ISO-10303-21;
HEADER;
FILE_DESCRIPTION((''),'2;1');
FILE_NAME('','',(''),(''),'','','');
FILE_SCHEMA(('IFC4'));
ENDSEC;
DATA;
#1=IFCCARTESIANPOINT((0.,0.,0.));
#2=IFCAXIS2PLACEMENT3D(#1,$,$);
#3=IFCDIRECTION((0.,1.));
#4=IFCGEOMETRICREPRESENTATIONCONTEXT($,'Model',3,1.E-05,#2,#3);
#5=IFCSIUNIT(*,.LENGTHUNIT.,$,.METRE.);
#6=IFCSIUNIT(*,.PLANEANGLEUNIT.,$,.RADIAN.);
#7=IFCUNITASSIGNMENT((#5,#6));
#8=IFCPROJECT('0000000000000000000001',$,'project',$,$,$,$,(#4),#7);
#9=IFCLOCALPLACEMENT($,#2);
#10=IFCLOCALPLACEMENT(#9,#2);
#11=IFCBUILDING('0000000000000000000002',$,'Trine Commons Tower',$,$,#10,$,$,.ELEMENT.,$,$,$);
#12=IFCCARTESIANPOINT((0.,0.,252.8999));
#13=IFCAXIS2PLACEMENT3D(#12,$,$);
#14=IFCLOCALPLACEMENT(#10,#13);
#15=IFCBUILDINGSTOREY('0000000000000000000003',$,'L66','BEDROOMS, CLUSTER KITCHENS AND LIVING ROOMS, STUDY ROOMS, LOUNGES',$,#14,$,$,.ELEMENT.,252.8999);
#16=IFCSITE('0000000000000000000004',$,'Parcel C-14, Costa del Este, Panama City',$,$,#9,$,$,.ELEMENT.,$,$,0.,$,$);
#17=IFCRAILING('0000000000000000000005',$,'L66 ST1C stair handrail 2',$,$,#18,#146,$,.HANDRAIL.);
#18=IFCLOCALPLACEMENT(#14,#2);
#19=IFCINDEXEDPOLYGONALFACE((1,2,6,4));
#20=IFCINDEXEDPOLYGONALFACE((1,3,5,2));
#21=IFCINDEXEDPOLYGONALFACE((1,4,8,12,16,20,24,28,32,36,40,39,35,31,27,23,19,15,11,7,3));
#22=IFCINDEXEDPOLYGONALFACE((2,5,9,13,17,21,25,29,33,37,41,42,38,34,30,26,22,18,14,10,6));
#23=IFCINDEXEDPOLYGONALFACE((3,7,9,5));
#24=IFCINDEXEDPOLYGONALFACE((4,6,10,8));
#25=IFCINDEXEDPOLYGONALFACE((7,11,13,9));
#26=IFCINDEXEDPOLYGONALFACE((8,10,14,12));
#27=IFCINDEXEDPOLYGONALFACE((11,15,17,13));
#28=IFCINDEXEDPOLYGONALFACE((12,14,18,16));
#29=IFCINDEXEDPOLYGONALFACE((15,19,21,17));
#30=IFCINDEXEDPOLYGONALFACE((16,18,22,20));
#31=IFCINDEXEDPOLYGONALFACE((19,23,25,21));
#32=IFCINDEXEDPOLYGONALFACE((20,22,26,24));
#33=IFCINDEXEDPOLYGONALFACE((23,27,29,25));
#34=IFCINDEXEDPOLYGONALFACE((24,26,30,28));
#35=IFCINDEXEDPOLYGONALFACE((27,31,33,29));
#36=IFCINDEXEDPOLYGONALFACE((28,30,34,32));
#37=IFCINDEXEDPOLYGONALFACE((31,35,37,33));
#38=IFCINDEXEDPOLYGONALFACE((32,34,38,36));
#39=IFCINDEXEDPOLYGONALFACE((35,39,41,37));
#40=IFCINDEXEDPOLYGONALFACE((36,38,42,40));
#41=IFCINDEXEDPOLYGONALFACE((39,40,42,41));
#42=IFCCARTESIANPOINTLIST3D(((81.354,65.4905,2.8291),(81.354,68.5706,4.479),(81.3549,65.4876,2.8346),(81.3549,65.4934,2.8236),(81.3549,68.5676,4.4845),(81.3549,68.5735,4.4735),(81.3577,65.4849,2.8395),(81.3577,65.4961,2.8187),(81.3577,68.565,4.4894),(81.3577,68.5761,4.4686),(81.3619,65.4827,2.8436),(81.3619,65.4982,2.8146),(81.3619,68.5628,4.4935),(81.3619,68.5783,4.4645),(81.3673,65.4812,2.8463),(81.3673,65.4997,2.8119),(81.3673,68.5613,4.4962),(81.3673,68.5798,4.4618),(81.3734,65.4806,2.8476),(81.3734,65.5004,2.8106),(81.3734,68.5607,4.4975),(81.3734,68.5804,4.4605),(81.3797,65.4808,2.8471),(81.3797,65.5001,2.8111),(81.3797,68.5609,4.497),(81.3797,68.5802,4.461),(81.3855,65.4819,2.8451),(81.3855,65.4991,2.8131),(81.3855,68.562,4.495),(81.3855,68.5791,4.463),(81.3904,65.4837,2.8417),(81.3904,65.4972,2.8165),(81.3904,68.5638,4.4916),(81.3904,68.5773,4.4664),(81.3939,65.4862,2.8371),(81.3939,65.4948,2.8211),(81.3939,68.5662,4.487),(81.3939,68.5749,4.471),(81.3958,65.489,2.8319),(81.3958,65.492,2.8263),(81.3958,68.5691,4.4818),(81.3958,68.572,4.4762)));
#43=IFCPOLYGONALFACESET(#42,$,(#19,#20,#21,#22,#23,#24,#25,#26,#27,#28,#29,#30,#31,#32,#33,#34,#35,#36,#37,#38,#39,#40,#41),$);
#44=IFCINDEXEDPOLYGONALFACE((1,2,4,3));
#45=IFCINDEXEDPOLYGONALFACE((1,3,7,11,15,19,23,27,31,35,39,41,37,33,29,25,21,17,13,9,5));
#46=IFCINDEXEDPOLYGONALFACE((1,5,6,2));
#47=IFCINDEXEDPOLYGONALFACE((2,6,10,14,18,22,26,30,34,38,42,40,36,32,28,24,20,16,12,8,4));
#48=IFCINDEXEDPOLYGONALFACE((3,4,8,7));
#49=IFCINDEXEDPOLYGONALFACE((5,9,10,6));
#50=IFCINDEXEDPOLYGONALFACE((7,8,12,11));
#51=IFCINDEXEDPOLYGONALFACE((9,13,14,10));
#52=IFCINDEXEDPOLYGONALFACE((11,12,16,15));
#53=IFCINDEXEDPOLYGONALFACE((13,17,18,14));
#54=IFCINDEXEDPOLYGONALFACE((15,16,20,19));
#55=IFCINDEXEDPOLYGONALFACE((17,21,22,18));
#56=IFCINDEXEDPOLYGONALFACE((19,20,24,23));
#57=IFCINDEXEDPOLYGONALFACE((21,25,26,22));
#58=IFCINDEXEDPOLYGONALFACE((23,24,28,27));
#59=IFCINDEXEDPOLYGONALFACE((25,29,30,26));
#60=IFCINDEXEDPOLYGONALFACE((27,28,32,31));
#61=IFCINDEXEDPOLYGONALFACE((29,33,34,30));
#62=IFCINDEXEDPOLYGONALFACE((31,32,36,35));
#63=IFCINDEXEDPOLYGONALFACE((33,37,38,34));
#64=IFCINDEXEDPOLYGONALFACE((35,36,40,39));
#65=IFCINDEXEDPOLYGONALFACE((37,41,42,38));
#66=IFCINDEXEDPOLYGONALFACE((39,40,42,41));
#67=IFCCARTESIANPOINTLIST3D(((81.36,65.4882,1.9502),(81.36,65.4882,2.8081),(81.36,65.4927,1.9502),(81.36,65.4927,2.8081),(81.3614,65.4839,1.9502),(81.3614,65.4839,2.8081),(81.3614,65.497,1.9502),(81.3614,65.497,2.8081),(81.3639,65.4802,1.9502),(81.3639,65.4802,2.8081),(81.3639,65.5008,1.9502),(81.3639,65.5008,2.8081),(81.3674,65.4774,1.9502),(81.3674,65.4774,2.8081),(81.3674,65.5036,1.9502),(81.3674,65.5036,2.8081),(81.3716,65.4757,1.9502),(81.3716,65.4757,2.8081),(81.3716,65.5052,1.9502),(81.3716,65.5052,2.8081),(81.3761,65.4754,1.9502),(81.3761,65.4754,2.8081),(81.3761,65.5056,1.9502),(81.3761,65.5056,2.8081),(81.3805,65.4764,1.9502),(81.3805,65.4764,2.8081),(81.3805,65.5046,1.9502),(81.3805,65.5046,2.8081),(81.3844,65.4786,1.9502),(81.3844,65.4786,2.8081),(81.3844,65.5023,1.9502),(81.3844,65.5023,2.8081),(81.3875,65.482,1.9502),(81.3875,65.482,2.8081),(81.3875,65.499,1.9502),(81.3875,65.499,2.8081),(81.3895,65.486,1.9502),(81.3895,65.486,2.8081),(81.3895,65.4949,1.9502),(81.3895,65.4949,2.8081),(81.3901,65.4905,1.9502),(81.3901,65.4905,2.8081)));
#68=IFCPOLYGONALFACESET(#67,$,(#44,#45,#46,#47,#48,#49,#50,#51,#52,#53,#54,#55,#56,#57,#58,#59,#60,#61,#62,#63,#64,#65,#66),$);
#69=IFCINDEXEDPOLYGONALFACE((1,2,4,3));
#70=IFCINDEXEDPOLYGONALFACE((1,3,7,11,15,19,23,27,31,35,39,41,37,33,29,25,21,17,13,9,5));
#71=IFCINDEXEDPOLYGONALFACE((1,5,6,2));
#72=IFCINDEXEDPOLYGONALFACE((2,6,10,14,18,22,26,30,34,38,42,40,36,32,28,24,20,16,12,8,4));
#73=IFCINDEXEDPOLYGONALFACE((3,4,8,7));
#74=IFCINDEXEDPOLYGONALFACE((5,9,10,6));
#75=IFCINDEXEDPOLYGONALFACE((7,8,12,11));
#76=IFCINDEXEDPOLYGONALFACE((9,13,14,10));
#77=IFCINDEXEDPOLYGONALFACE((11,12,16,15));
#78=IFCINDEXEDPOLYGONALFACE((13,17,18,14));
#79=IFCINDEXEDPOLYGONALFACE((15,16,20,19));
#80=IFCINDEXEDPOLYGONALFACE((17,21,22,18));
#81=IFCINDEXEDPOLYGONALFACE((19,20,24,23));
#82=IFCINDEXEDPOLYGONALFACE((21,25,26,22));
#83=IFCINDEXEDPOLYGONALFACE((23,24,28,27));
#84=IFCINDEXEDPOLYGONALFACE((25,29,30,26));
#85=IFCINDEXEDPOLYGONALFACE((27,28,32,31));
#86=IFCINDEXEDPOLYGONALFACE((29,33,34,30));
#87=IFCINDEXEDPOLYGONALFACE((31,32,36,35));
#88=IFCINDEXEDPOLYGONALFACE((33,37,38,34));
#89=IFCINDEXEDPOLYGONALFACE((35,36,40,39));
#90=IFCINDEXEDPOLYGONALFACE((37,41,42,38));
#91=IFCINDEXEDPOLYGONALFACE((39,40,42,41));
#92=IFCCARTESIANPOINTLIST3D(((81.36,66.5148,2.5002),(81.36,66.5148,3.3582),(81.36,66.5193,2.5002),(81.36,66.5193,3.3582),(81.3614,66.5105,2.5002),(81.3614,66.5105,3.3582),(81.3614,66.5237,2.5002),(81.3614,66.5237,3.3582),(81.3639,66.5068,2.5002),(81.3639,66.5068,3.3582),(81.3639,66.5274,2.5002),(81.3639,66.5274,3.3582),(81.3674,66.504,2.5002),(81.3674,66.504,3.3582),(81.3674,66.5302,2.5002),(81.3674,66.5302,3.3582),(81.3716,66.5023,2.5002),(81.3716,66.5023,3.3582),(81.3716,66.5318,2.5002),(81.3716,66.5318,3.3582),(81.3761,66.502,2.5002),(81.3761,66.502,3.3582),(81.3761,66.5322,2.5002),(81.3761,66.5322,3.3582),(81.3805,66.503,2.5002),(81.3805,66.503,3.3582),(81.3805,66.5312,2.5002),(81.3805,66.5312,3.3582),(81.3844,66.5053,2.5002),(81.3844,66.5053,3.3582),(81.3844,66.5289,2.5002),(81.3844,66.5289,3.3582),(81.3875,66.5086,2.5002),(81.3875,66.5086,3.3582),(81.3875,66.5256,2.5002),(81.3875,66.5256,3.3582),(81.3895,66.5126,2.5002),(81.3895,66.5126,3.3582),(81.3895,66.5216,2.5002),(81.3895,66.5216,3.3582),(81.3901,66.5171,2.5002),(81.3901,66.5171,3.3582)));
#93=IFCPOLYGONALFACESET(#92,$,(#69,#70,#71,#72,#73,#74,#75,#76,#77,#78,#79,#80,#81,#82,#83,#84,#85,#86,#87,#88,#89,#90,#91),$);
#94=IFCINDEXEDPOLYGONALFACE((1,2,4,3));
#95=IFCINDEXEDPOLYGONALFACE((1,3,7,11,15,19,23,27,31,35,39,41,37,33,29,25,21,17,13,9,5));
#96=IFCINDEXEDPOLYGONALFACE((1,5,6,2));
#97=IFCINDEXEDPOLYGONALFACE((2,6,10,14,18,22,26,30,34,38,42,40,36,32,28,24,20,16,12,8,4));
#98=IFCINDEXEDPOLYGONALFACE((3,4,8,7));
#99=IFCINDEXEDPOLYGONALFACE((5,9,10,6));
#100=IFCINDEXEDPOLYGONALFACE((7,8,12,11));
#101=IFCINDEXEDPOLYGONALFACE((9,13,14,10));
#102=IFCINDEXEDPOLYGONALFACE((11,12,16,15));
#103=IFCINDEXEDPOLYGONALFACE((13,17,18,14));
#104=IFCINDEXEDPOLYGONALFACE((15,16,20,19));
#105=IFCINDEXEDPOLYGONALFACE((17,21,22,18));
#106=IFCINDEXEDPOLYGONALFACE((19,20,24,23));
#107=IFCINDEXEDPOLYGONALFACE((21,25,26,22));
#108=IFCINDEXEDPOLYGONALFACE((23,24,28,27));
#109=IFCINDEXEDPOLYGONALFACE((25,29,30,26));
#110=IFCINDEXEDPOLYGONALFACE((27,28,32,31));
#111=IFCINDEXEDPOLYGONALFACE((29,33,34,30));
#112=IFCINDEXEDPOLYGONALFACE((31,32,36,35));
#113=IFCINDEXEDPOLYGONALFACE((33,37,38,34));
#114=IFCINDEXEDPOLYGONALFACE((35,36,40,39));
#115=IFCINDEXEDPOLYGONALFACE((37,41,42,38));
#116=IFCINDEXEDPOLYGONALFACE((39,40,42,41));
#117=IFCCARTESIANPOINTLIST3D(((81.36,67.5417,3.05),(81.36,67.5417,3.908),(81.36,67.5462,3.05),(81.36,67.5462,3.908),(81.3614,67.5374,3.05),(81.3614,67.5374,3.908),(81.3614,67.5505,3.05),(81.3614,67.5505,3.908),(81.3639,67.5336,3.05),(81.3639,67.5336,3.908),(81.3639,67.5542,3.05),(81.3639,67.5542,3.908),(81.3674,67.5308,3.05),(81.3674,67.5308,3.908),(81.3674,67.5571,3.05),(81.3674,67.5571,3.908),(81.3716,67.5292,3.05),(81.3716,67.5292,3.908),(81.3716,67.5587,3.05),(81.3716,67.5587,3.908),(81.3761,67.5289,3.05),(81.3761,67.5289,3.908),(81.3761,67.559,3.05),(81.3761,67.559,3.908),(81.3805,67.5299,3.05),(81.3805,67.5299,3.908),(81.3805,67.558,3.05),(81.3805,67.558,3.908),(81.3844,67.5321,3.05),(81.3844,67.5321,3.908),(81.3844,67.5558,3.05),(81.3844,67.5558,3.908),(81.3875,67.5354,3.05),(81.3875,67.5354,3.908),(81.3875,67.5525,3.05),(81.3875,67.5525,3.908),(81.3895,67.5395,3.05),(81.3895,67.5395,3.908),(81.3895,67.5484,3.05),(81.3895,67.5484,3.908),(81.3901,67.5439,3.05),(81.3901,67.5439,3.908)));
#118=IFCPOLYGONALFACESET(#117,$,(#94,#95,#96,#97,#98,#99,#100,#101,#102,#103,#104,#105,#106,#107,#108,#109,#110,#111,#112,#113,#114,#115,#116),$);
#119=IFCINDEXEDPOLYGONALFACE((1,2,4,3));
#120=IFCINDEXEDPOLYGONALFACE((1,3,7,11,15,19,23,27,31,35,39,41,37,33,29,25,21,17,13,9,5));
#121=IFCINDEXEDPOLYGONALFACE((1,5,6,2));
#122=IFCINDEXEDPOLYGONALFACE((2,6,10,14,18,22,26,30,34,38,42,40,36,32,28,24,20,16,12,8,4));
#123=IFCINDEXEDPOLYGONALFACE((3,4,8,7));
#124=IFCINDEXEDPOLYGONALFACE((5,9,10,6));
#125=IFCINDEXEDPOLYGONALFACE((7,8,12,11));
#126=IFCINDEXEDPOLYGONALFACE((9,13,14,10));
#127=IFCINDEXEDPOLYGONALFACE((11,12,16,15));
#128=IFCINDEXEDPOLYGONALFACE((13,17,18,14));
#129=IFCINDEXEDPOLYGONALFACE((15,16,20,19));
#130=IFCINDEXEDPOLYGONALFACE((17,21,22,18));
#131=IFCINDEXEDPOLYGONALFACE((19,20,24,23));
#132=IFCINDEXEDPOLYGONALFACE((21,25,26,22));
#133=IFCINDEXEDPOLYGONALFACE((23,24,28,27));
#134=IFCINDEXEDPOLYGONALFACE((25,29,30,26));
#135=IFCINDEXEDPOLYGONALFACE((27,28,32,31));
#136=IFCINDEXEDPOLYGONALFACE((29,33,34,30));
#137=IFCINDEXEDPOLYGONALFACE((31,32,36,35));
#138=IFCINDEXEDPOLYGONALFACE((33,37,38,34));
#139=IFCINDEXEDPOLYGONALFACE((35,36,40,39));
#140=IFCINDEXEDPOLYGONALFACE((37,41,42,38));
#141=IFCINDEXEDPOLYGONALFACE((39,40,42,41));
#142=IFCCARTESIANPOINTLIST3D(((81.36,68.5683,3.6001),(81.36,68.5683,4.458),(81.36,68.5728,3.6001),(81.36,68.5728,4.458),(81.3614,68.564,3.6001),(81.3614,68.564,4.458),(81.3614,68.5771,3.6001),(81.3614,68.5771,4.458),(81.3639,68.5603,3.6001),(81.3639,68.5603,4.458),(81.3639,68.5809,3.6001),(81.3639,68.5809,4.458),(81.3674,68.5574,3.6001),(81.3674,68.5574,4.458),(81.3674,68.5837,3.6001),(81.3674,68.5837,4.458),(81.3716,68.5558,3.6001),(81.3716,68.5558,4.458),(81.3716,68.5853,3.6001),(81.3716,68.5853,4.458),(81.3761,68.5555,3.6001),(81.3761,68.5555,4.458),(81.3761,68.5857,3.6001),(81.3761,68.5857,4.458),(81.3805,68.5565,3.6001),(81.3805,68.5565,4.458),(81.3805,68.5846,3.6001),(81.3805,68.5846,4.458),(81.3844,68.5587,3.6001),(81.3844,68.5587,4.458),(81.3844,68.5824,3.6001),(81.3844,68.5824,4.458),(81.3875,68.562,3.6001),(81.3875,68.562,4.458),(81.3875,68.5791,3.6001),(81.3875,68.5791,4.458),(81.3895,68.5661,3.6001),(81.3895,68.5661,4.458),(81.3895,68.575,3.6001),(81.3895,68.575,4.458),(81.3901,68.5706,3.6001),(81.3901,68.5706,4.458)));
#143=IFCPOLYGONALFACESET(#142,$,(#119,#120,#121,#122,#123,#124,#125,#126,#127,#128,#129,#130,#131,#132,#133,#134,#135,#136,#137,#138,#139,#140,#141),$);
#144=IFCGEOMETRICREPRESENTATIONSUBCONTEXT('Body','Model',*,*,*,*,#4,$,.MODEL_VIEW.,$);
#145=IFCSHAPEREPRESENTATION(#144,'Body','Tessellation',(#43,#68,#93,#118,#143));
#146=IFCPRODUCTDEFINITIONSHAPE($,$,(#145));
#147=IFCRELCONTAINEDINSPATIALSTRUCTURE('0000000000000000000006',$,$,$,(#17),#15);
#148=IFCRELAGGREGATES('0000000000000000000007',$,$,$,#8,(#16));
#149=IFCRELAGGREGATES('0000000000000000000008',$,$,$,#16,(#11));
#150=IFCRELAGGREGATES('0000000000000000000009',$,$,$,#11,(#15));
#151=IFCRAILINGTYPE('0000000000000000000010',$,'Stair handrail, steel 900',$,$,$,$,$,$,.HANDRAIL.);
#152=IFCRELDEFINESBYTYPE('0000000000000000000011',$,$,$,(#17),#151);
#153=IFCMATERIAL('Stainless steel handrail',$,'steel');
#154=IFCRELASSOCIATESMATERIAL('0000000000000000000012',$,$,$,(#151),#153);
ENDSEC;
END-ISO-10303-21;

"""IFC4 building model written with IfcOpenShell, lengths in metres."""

from ifc_helpers import new_model, si_unit, direction, frame, origin, origin_2d, place, context, subcontext, project, spatial, circle, extrude, material, type_object, element, save


model = new_model("IFC4")

# Units and contexts
model_context = context("Model", 3, precision=1e-05, world=origin(), true_north=direction((0.0, 1.0)))
body_context = subcontext(model_context, "Body", "Model", "MODEL_VIEW")
ifc_project = project(units=[si_unit("LENGTHUNIT", "METRE"), si_unit("PLANEANGLEUNIT", "RADIAN")], contexts=[model_context])

# Site, building, storey
site_placement = place(None, origin())
site = spatial("IfcSite", under=ifc_project, at=site_placement, Name="Parcel C-14, Costa del Este, Panama City", CompositionType="ELEMENT", RefElevation=0.0)
building_placement = place(site_placement, origin())
building = spatial("IfcBuilding", under=site, at=building_placement, Name="Trine Commons Tower", CompositionType="ELEMENT")
storey_placement = place(building_placement, frame((0.0, 0.0, 252.8999)))
storey = spatial("IfcBuildingStorey", under=building, at=storey_placement, Name="L66", Description="BEDROOMS, CLUSTER KITCHENS AND LIVING ROOMS, STUDY ROOMS, LOUNGES", CompositionType="ELEMENT", Elevation=252.8999)

# Railing
ifc_material_1 = material(Name="Stainless steel handrail", Category="steel")
railing_type_1 = type_object("IfcRailingType", Name="Stair handrail, steel 900", PredefinedType="HANDRAIL", material=ifc_material_1)
railing_1_placement = place(storey_placement, frame((81.375, 65.4905, 1.9502)))
element("IfcRailing", 1, at=railing_1_placement, inside=storey, type_object=railing_type_1, Name="L66 ST1C stair handrail 2", PredefinedType="HANDRAIL", context=body_context, shape_type="SweptSolid", body=[
    extrude(circle(Radius=0.021, at=origin_2d()), frame((0.0, 0.0, 0.8789), z_axis=(0.0, 0.881497, 0.47219), x_axis=(-1.0, 0.0, 0.0)), (0.0, 0.0, 1.0), 3.4941),
    extrude(circle(Radius=0.0151, at=origin_2d()), origin(), (0.0, 0.0, 1.0), 0.8579),
    extrude(circle(Radius=0.0151, at=origin_2d()), frame((0.0, 1.0266, 0.55)), (0.0, 0.0, 1.0), 0.8579),
    extrude(circle(Radius=0.0151, at=origin_2d()), frame((0.0, 2.0535, 1.0999)), (0.0, 0.0, 1.0), 0.8579),
    extrude(circle(Radius=0.0151, at=origin_2d()), frame((0.0, 3.0801, 1.6499)), (0.0, 0.0, 1.0), 0.8579),
])

save(model, "model.ifc")
